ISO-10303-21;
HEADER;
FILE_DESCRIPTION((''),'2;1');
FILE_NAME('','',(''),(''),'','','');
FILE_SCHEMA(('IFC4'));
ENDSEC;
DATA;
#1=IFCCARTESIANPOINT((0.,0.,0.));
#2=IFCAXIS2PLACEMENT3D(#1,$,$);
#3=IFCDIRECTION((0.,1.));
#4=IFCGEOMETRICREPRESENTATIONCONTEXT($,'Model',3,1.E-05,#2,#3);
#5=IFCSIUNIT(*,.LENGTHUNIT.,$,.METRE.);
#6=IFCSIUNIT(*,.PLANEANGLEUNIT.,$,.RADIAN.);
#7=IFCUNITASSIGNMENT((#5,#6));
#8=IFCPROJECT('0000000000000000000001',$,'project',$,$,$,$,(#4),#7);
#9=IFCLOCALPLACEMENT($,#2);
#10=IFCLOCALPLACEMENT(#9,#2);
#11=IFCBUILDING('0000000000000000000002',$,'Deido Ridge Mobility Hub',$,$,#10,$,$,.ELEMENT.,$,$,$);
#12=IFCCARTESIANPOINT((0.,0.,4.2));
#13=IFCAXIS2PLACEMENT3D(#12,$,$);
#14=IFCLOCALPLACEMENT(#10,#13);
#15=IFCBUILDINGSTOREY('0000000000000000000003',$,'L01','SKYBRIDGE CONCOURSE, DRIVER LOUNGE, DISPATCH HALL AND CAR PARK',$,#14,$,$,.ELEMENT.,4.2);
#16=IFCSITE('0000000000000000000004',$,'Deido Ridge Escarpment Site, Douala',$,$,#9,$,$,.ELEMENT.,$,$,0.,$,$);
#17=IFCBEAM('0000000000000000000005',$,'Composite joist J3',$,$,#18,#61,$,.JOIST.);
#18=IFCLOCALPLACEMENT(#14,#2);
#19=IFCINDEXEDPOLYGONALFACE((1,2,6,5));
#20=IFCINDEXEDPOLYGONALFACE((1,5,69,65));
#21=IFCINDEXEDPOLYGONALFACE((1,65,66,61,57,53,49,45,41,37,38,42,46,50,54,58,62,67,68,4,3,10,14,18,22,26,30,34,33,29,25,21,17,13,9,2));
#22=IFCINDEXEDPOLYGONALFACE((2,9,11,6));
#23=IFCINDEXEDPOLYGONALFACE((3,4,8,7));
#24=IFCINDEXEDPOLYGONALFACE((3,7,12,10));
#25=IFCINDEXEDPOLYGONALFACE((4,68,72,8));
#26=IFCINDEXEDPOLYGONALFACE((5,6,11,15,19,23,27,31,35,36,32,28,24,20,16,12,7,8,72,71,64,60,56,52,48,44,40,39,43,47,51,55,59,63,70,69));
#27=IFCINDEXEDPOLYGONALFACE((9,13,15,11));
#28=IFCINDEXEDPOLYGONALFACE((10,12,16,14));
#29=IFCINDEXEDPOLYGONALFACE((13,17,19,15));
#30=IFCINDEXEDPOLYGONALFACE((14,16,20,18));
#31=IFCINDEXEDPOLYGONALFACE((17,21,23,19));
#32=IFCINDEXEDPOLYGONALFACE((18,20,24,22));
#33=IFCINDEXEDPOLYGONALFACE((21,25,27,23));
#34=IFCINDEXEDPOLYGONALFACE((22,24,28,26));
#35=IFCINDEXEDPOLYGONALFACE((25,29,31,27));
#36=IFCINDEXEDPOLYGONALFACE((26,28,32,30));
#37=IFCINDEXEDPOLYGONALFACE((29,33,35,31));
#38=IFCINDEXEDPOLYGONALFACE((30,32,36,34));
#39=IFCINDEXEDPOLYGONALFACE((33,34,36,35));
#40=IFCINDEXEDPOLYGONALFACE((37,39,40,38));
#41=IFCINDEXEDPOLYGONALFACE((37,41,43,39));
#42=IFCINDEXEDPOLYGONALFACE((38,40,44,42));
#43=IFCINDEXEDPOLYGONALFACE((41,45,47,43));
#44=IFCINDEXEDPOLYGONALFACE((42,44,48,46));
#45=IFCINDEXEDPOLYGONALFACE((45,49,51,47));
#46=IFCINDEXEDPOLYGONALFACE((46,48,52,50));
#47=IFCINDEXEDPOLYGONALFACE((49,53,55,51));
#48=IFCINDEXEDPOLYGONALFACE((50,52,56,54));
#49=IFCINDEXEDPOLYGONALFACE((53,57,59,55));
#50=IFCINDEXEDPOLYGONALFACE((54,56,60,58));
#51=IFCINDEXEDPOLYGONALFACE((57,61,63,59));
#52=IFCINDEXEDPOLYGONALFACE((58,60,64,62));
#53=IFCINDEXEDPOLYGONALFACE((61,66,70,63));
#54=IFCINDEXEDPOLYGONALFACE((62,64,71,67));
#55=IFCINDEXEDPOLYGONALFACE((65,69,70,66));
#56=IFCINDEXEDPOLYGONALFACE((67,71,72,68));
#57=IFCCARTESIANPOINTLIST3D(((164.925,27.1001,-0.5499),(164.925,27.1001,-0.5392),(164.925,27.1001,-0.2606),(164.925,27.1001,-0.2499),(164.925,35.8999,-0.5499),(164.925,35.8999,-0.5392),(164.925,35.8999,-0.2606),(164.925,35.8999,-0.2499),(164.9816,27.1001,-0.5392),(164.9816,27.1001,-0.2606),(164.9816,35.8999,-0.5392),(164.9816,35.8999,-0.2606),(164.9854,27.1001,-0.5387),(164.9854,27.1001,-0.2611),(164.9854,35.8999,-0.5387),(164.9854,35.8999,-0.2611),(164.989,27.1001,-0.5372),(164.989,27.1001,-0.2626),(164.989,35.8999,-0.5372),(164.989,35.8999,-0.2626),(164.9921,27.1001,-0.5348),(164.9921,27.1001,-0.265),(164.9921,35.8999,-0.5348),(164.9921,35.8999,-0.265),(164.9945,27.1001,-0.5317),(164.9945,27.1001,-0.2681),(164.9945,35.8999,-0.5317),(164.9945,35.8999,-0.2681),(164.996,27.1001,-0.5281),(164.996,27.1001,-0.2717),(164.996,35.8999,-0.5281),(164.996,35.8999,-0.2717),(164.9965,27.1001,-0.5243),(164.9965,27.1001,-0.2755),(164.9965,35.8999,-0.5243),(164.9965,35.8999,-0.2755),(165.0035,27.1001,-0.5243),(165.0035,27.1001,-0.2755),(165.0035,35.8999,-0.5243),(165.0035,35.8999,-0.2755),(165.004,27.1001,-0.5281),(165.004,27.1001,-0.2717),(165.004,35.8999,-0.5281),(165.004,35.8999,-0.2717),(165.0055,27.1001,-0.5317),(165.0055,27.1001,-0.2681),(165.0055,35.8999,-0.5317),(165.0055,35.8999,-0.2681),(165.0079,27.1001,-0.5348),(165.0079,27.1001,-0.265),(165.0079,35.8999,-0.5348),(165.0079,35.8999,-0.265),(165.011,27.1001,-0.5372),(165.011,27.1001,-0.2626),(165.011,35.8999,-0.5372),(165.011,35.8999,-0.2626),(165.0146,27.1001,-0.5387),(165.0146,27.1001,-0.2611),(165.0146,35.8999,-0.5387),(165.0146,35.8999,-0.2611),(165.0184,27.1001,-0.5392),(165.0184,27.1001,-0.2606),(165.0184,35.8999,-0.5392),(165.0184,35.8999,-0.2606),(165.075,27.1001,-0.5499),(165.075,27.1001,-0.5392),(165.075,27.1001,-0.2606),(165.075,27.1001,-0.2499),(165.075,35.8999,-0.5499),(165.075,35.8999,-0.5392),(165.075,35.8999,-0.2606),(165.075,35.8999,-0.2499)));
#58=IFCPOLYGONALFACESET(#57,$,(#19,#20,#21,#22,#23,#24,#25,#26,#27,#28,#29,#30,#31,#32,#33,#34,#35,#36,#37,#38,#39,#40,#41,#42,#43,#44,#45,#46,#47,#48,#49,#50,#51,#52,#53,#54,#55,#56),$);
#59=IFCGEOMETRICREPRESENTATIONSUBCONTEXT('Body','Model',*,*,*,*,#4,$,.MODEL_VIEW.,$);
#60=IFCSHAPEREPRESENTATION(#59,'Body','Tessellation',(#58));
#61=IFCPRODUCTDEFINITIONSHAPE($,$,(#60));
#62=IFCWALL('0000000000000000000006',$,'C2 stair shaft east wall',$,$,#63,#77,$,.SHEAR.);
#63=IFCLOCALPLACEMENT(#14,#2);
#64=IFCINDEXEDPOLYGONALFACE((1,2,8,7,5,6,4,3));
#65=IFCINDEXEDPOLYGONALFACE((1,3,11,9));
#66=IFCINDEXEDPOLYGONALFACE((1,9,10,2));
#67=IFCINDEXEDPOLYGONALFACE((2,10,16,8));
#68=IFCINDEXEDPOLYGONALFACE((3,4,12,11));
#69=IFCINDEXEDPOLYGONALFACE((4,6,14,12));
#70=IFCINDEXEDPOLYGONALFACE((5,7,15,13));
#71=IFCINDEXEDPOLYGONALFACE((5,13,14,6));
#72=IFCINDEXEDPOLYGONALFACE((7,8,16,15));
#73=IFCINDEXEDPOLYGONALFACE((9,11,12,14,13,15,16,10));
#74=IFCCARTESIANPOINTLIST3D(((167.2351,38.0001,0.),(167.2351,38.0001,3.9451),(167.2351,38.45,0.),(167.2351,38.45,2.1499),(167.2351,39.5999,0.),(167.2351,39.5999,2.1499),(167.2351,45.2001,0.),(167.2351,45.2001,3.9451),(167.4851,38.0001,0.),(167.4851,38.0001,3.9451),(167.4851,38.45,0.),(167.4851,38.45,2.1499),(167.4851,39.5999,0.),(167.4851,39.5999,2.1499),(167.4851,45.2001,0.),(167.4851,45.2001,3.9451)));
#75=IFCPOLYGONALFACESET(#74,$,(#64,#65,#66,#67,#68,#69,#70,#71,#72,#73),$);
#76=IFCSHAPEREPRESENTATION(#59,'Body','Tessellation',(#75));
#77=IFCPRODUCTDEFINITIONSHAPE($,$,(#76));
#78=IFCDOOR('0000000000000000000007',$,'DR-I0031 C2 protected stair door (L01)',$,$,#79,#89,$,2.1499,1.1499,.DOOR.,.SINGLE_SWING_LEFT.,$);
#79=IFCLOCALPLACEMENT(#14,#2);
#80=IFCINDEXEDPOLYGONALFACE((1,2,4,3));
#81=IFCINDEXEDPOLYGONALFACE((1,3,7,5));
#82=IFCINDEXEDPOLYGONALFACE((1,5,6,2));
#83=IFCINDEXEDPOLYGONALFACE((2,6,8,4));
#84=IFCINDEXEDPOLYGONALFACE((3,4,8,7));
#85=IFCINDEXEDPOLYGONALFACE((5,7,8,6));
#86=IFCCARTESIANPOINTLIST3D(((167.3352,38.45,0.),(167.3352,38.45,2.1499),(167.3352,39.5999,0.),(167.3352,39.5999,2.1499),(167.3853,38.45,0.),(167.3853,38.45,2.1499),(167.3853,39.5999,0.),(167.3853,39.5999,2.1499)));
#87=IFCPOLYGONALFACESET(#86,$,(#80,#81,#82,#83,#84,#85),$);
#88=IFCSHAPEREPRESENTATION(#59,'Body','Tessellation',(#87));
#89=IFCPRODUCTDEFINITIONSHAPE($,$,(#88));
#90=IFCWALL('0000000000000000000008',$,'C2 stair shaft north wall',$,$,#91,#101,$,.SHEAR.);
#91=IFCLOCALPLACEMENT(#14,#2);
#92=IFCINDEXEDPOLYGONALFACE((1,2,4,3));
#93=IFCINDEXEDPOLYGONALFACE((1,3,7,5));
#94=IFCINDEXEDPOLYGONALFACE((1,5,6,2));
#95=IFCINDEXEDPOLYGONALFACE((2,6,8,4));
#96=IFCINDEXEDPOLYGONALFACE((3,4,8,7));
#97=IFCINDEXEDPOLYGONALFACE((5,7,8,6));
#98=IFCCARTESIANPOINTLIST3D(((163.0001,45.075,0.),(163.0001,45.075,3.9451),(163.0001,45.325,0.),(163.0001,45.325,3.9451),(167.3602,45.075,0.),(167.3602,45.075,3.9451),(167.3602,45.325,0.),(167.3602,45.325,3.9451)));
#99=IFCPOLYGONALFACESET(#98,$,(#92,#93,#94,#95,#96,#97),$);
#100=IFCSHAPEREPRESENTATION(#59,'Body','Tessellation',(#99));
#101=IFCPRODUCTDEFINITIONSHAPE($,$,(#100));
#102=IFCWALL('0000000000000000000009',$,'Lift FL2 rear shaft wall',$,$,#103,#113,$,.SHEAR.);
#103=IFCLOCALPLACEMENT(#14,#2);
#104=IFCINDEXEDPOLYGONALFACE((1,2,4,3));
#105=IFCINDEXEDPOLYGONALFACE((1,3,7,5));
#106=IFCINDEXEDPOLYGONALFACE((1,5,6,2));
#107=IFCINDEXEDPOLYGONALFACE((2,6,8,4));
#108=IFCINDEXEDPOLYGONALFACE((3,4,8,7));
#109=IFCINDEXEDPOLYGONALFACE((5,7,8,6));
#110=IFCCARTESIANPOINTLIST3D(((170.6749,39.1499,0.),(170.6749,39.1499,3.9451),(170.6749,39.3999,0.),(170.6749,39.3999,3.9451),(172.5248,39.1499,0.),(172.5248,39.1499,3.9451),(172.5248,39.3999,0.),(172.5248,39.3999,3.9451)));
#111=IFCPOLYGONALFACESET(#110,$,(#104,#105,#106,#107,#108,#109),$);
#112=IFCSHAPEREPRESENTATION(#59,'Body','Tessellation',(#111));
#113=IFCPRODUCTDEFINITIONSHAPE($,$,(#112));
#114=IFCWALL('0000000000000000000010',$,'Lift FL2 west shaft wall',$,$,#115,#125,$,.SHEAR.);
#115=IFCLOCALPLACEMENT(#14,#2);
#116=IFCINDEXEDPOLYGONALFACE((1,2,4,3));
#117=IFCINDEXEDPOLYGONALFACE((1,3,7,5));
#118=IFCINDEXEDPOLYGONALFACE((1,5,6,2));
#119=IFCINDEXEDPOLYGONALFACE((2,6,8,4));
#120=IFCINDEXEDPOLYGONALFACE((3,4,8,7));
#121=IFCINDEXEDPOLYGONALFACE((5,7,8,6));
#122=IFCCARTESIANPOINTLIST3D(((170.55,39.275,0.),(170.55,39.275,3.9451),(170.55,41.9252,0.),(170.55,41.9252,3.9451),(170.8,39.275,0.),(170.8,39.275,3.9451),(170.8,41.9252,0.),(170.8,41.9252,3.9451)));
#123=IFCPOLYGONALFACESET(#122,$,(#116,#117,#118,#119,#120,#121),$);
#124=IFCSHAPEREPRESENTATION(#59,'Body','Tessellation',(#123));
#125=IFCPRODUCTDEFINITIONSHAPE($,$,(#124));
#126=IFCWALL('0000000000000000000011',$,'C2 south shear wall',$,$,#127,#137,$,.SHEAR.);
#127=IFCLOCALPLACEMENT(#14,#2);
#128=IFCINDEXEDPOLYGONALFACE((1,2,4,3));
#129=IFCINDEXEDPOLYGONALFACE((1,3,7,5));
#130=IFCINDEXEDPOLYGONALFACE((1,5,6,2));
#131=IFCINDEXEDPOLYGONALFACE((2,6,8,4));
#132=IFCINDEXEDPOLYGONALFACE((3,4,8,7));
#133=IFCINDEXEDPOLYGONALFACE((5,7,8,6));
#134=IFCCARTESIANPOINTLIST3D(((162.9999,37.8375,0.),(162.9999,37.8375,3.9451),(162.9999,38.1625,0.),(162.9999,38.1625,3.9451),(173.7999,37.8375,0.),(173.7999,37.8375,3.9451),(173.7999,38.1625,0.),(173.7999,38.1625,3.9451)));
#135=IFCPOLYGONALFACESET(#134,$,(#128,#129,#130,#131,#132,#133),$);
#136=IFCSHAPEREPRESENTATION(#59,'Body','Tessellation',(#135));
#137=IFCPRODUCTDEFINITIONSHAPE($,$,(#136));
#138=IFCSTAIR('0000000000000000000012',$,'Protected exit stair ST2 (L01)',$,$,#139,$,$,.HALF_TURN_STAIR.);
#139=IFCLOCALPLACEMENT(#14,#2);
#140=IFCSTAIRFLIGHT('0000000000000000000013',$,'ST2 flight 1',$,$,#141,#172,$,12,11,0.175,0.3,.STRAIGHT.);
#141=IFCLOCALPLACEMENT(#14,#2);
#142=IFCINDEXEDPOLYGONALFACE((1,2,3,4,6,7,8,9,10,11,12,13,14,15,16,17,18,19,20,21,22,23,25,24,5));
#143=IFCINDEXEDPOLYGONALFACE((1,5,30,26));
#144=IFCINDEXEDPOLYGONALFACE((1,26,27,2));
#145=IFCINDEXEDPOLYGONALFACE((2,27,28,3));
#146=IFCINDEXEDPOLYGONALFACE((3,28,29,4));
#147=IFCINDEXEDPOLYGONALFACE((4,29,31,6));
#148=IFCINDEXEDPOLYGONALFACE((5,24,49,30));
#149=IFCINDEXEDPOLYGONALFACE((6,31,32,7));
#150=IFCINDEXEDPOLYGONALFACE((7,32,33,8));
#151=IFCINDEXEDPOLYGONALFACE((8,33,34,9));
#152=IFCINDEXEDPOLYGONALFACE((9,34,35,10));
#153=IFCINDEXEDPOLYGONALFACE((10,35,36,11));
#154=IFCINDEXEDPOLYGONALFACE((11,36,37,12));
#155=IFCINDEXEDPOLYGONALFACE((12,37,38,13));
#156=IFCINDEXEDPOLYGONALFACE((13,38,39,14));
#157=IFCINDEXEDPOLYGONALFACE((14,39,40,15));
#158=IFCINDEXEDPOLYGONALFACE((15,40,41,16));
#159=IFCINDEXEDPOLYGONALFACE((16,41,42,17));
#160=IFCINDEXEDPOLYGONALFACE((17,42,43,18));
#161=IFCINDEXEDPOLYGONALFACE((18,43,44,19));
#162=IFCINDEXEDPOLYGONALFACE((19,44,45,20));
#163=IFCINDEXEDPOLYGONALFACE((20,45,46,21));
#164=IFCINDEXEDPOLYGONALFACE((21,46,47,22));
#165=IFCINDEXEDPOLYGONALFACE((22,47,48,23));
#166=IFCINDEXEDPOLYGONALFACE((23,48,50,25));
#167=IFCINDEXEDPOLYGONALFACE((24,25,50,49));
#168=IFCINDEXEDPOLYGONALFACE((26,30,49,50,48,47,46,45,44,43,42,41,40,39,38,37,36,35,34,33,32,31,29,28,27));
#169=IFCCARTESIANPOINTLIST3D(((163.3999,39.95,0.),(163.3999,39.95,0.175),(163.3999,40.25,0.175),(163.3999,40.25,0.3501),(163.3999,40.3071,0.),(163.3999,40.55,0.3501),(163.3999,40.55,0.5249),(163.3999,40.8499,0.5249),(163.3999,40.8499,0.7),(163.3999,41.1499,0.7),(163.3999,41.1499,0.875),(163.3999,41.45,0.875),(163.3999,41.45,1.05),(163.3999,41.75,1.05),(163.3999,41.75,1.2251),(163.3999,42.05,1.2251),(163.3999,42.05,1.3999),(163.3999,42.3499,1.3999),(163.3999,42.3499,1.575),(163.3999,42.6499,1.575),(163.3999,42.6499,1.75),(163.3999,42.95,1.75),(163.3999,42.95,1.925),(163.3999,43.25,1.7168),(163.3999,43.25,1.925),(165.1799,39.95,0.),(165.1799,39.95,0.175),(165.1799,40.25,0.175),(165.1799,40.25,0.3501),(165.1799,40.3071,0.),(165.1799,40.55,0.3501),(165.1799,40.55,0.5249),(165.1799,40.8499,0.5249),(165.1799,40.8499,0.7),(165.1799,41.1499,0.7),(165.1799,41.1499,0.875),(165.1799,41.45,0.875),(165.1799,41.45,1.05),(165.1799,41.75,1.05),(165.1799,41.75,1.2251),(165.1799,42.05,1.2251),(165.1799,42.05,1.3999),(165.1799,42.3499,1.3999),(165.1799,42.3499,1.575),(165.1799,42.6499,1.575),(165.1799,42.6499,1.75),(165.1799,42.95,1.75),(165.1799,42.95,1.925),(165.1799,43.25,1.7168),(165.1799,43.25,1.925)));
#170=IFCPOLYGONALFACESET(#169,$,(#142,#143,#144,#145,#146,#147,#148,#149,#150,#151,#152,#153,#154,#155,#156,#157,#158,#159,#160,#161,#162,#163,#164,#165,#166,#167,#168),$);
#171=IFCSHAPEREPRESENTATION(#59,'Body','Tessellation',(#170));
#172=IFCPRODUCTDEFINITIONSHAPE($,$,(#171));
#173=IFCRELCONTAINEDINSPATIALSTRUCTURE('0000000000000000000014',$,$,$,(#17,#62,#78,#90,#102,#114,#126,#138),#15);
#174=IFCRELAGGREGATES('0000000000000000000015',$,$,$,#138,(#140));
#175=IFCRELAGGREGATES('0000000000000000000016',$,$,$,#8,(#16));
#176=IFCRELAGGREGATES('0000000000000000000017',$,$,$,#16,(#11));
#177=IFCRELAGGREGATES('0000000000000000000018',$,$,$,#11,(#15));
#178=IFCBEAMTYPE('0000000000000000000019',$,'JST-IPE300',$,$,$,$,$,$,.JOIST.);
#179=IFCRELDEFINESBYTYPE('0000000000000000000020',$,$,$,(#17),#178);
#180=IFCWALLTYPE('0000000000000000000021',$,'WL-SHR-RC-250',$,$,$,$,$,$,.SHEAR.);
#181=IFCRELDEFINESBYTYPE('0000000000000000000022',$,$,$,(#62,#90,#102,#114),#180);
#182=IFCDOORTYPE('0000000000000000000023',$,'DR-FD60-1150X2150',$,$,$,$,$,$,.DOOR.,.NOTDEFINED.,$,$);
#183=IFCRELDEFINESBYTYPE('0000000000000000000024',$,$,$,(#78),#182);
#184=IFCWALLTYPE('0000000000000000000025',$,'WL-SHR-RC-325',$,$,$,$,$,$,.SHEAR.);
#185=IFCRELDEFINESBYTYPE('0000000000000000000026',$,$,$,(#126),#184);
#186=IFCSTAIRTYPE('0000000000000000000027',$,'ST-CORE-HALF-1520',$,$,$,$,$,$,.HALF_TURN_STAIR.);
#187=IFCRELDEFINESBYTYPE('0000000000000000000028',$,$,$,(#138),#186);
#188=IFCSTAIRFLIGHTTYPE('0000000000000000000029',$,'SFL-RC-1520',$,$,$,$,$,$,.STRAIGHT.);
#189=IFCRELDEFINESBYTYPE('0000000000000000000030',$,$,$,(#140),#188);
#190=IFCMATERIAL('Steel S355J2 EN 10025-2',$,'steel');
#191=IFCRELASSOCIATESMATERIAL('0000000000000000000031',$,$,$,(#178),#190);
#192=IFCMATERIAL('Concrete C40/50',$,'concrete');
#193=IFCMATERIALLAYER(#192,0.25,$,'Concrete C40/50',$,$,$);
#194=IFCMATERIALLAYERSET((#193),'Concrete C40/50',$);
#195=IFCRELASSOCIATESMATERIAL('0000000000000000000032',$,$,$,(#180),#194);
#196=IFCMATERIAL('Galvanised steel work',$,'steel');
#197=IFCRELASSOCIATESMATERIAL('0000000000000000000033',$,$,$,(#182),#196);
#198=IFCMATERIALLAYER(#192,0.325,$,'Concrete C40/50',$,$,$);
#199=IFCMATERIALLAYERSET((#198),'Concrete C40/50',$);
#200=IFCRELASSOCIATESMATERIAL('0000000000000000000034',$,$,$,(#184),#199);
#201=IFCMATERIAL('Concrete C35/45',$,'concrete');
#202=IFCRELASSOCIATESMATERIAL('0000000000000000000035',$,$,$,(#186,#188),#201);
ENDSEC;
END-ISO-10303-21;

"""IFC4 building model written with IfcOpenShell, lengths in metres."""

from ifc_helpers import new_model, si_unit, direction, frame, frame_2d, origin, origin_2d, place, context, subcontext, project, spatial, polyline, rectangle, i_section, outline, extrude, material, layer, layer_set, material_profile, profile_set, type_object, element, fill, aggregate, save


model = new_model("IFC4")

# Units and contexts
model_context = context("Model", 3, precision=1e-05, world=origin(), true_north=direction((0.0, 1.0)))
body_context = subcontext(model_context, "Body", "Model", "MODEL_VIEW")
ifc_project = project(units=[si_unit("LENGTHUNIT", "METRE"), si_unit("PLANEANGLEUNIT", "RADIAN")], contexts=[model_context])

# Site, building, storey
site_placement = place(None, origin())
site = spatial("IfcSite", under=ifc_project, at=site_placement, Name="Deido Ridge Escarpment Site, Douala", CompositionType="ELEMENT", RefElevation=0.0)
building_placement = place(site_placement, origin())
building = spatial("IfcBuilding", under=site, at=building_placement, Name="Deido Ridge Mobility Hub", CompositionType="ELEMENT")
storey_placement = place(building_placement, frame((0.0, 0.0, 4.2)))
storey = spatial("IfcBuildingStorey", under=building, at=storey_placement, Name="L01", Description="SKYBRIDGE CONCOURSE, DRIVER LOUNGE, DISPATCH HALL AND CAR PARK", CompositionType="ELEMENT", Elevation=4.2)

# Shared definitions
ifc_material_1 = material(Name="Steel S355J2 EN 10025-2", Category="steel")

# Beam
ifc_material_profile_1 = material_profile(ifc_material_1, i_section(OverallWidth=0.1499, OverallDepth=0.3, WebThickness=0.0071, FlangeThickness=0.0107, FilletRadius=0.0149, at=origin_2d()), Name="IPE 300")
ifc_profile_set_1 = profile_set([ifc_material_profile_1], Name="Steel S355J2 EN 10025-2")
beam_type_1 = type_object("IfcBeamType", Name="JST-IPE300", PredefinedType="JOIST", material=ifc_profile_set_1)
beam_1_placement = place(storey_placement, frame((165.0, 27.1001, -0.3999), z_axis=(0.0, 1.0, 0.0), x_axis=(-1.0, 0.0, 0.0)))
element("IfcBeam", 1, at=beam_1_placement, inside=storey, type_object=beam_type_1, Name="Composite joist J3", PredefinedType="JOIST", context=body_context, shape_type="SweptSolid", body=[
    extrude(i_section(OverallWidth=0.1499, OverallDepth=0.3, WebThickness=0.0071, FlangeThickness=0.0107, FilletRadius=0.0149, at=origin_2d()), origin(), (0.0, 0.0, 1.0), 8.7998),
])

# Wall, opening, door
ifc_material_2 = material(Name="Concrete C40/50", Category="concrete")
ifc_layer_1 = layer(ifc_material_2, 0.25, Name="Concrete C40/50")
ifc_layer_set_1 = layer_set([ifc_layer_1], Name="Concrete C40/50")
wall_type_1 = type_object("IfcWallType", Name="WL-SHR-RC-250", PredefinedType="SHEAR", material=ifc_layer_set_1)
wall_1_placement = place(storey_placement, frame((167.3601, 38.0, 0.0), z_axis=(0.0, 0.0, 1.0), x_axis=(0.0, 1.0, 0.0)))
wall_1 = element("IfcWall", 2, at=wall_1_placement, inside=storey, type_object=wall_type_1, Name="C2 stair shaft east wall", PredefinedType="SHEAR", context=body_context, shape_type="SweptSolid", body=[
    extrude(rectangle(XDim=7.2, YDim=0.25, at=frame_2d((3.6001, 0.0))), origin(), (0.0, 0.0, 1.0), 3.9451),
])
opening_1_placement = place(wall_1_placement, frame((0.45, 0.0, 0.0)))
opening_1 = element("IfcOpeningElement", 3, at=opening_1_placement, cuts=wall_1, PredefinedType="OPENING", context=body_context, shape_type="SweptSolid", body=[
    extrude(rectangle(XDim=1.1499, YDim=2.1499, at=frame_2d((0.575, 1.075))), frame((0.0, 0.135, 0.0), z_axis=(0.0, -1.0, 0.0), x_axis=(1.0, 0.0, 0.0)), (0.0, 0.0, 1.0), 0.27),
])
ifc_material_3 = material(Name="Galvanised steel work", Category="steel")
door_type_1 = type_object("IfcDoorType", Name="DR-FD60-1150X2150", OperationType="NOTDEFINED", PredefinedType="DOOR", material=ifc_material_3)
door_1_placement = place(opening_1_placement, origin())
door_1 = element("IfcDoor", 4, at=door_1_placement, inside=storey, type_object=door_type_1, Name="DR-I0031 C2 protected stair door (L01)", OperationType="SINGLE_SWING_LEFT", OverallHeight=2.1499, OverallWidth=1.1499, PredefinedType="DOOR", context=body_context, shape_type="SweptSolid", body=[
    extrude(rectangle(XDim=1.1499, YDim=2.1499, at=frame_2d((0.575, 1.075))), frame((0.0, 0.0249, 0.0), z_axis=(0.0, -1.0, 0.0), x_axis=(1.0, 0.0, 0.0)), (0.0, 0.0, 1.0), 0.05),
])
fill(opening_1, door_1)

# Walls
wall_2_placement = place(storey_placement, frame((163.0, 45.2, 0.0), z_axis=(0.0, 0.0, 1.0), x_axis=(1.0, 0.0, 0.0)))
element("IfcWall", 5, at=wall_2_placement, inside=storey, type_object=wall_type_1, Name="C2 stair shaft north wall", PredefinedType="SHEAR", context=body_context, shape_type="SweptSolid", body=[
    extrude(rectangle(XDim=4.3601, YDim=0.25, at=frame_2d((2.1802, 0.0))), origin(), (0.0, 0.0, 1.0), 3.9451),
])
wall_3_placement = place(storey_placement, frame((170.675, 39.2749, 0.0), z_axis=(0.0, 0.0, 1.0), x_axis=(1.0, 0.0, 0.0)))
element("IfcWall", 6, at=wall_3_placement, inside=storey, type_object=wall_type_1, Name="Lift FL2 rear shaft wall", PredefinedType="SHEAR", context=body_context, shape_type="SweptSolid", body=[
    extrude(rectangle(XDim=1.8499, YDim=0.25, at=frame_2d((0.9248, 0.0))), origin(), (0.0, 0.0, 1.0), 3.9451),
])
wall_4_placement = place(storey_placement, frame((170.675, 39.2749, 0.0), z_axis=(0.0, 0.0, 1.0), x_axis=(0.0, 1.0, 0.0)))
element("IfcWall", 7, at=wall_4_placement, inside=storey, type_object=wall_type_1, Name="Lift FL2 west shaft wall", PredefinedType="SHEAR", context=body_context, shape_type="SweptSolid", body=[
    extrude(rectangle(XDim=2.6501, YDim=0.25, at=frame_2d((1.3252, 0.0))), origin(), (0.0, 0.0, 1.0), 3.9451),
])

# Wall
ifc_layer_2 = layer(ifc_material_2, 0.325, Name="Concrete C40/50")
ifc_layer_set_2 = layer_set([ifc_layer_2], Name="Concrete C40/50")
wall_type_2 = type_object("IfcWallType", Name="WL-SHR-RC-325", PredefinedType="SHEAR", material=ifc_layer_set_2)
wall_5_placement = place(storey_placement, frame((163.0, 38.0, 0.0), z_axis=(0.0, 0.0, 1.0), x_axis=(1.0, 0.0, 0.0)))
element("IfcWall", 8, at=wall_5_placement, inside=storey, type_object=wall_type_2, Name="C2 south shear wall", PredefinedType="SHEAR", context=body_context, shape_type="SweptSolid", body=[
    extrude(rectangle(XDim=10.8, YDim=0.325, at=frame_2d((5.3999, 0.0))), origin(), (0.0, 0.0, 1.0), 3.9451),
])

# Stair, stair flight
ifc_material_4 = material(Name="Concrete C35/45", Category="concrete")
stair_type = type_object("IfcStairType", Name="ST-CORE-HALF-1520", PredefinedType="HALF_TURN_STAIR", material=ifc_material_4)
stair_placement = place(storey_placement, origin())
stair = element("IfcStair", 9, at=stair_placement, inside=storey, type_object=stair_type, Name="Protected exit stair ST2 (L01)", PredefinedType="HALF_TURN_STAIR")
stair_flight_type = type_object("IfcStairFlightType", Name="SFL-RC-1520", PredefinedType="STRAIGHT", material=ifc_material_4)
stair_flight_1_placement = place(storey_placement, frame((164.29, 39.95, 0.0), z_axis=(0.0, 0.0, 1.0), x_axis=(0.0, 1.0, 0.0)))
stair_flight_1 = element("IfcStairFlight", 10, at=stair_flight_1_placement, type_object=stair_flight_type, Name="ST2 flight 1", NumberOfRisers=12, NumberOfTreads=11, PredefinedType="STRAIGHT", RiserHeight=0.175, TreadLength=0.3, context=body_context, shape_type="SweptSolid", body=[
    extrude(outline(polyline([(0.0, 0.0), (0.0, 0.175), (0.3, 0.175), (0.3, 0.3501), (0.6001, 0.3501), (0.6001, 0.5249), (0.8999, 0.5249), (0.8999, 0.7), (1.2, 0.7), (1.2, 0.875), (1.5, 0.875), (1.5, 1.05), (1.8, 1.05), (1.8, 1.2251), (2.1001, 1.2251), (2.1001, 1.3999), (2.3999, 1.3999), (2.3999, 1.575), (2.7, 1.575), (2.7, 1.75), (3.0, 1.75), (3.0, 1.925), (3.3, 1.925), (3.3, 2.1001), (3.3, 1.7168), (0.3572, 0.0), (0.0, 0.0)])), frame((0.0, 0.8901, 0.0), z_axis=(0.0, -1.0, 0.0), x_axis=(1.0, 0.0, 0.0)), (0.0, 0.0, 1.0), 1.78),
])
aggregate(stair, [stair_flight_1])

save(model, "model.ifc")
